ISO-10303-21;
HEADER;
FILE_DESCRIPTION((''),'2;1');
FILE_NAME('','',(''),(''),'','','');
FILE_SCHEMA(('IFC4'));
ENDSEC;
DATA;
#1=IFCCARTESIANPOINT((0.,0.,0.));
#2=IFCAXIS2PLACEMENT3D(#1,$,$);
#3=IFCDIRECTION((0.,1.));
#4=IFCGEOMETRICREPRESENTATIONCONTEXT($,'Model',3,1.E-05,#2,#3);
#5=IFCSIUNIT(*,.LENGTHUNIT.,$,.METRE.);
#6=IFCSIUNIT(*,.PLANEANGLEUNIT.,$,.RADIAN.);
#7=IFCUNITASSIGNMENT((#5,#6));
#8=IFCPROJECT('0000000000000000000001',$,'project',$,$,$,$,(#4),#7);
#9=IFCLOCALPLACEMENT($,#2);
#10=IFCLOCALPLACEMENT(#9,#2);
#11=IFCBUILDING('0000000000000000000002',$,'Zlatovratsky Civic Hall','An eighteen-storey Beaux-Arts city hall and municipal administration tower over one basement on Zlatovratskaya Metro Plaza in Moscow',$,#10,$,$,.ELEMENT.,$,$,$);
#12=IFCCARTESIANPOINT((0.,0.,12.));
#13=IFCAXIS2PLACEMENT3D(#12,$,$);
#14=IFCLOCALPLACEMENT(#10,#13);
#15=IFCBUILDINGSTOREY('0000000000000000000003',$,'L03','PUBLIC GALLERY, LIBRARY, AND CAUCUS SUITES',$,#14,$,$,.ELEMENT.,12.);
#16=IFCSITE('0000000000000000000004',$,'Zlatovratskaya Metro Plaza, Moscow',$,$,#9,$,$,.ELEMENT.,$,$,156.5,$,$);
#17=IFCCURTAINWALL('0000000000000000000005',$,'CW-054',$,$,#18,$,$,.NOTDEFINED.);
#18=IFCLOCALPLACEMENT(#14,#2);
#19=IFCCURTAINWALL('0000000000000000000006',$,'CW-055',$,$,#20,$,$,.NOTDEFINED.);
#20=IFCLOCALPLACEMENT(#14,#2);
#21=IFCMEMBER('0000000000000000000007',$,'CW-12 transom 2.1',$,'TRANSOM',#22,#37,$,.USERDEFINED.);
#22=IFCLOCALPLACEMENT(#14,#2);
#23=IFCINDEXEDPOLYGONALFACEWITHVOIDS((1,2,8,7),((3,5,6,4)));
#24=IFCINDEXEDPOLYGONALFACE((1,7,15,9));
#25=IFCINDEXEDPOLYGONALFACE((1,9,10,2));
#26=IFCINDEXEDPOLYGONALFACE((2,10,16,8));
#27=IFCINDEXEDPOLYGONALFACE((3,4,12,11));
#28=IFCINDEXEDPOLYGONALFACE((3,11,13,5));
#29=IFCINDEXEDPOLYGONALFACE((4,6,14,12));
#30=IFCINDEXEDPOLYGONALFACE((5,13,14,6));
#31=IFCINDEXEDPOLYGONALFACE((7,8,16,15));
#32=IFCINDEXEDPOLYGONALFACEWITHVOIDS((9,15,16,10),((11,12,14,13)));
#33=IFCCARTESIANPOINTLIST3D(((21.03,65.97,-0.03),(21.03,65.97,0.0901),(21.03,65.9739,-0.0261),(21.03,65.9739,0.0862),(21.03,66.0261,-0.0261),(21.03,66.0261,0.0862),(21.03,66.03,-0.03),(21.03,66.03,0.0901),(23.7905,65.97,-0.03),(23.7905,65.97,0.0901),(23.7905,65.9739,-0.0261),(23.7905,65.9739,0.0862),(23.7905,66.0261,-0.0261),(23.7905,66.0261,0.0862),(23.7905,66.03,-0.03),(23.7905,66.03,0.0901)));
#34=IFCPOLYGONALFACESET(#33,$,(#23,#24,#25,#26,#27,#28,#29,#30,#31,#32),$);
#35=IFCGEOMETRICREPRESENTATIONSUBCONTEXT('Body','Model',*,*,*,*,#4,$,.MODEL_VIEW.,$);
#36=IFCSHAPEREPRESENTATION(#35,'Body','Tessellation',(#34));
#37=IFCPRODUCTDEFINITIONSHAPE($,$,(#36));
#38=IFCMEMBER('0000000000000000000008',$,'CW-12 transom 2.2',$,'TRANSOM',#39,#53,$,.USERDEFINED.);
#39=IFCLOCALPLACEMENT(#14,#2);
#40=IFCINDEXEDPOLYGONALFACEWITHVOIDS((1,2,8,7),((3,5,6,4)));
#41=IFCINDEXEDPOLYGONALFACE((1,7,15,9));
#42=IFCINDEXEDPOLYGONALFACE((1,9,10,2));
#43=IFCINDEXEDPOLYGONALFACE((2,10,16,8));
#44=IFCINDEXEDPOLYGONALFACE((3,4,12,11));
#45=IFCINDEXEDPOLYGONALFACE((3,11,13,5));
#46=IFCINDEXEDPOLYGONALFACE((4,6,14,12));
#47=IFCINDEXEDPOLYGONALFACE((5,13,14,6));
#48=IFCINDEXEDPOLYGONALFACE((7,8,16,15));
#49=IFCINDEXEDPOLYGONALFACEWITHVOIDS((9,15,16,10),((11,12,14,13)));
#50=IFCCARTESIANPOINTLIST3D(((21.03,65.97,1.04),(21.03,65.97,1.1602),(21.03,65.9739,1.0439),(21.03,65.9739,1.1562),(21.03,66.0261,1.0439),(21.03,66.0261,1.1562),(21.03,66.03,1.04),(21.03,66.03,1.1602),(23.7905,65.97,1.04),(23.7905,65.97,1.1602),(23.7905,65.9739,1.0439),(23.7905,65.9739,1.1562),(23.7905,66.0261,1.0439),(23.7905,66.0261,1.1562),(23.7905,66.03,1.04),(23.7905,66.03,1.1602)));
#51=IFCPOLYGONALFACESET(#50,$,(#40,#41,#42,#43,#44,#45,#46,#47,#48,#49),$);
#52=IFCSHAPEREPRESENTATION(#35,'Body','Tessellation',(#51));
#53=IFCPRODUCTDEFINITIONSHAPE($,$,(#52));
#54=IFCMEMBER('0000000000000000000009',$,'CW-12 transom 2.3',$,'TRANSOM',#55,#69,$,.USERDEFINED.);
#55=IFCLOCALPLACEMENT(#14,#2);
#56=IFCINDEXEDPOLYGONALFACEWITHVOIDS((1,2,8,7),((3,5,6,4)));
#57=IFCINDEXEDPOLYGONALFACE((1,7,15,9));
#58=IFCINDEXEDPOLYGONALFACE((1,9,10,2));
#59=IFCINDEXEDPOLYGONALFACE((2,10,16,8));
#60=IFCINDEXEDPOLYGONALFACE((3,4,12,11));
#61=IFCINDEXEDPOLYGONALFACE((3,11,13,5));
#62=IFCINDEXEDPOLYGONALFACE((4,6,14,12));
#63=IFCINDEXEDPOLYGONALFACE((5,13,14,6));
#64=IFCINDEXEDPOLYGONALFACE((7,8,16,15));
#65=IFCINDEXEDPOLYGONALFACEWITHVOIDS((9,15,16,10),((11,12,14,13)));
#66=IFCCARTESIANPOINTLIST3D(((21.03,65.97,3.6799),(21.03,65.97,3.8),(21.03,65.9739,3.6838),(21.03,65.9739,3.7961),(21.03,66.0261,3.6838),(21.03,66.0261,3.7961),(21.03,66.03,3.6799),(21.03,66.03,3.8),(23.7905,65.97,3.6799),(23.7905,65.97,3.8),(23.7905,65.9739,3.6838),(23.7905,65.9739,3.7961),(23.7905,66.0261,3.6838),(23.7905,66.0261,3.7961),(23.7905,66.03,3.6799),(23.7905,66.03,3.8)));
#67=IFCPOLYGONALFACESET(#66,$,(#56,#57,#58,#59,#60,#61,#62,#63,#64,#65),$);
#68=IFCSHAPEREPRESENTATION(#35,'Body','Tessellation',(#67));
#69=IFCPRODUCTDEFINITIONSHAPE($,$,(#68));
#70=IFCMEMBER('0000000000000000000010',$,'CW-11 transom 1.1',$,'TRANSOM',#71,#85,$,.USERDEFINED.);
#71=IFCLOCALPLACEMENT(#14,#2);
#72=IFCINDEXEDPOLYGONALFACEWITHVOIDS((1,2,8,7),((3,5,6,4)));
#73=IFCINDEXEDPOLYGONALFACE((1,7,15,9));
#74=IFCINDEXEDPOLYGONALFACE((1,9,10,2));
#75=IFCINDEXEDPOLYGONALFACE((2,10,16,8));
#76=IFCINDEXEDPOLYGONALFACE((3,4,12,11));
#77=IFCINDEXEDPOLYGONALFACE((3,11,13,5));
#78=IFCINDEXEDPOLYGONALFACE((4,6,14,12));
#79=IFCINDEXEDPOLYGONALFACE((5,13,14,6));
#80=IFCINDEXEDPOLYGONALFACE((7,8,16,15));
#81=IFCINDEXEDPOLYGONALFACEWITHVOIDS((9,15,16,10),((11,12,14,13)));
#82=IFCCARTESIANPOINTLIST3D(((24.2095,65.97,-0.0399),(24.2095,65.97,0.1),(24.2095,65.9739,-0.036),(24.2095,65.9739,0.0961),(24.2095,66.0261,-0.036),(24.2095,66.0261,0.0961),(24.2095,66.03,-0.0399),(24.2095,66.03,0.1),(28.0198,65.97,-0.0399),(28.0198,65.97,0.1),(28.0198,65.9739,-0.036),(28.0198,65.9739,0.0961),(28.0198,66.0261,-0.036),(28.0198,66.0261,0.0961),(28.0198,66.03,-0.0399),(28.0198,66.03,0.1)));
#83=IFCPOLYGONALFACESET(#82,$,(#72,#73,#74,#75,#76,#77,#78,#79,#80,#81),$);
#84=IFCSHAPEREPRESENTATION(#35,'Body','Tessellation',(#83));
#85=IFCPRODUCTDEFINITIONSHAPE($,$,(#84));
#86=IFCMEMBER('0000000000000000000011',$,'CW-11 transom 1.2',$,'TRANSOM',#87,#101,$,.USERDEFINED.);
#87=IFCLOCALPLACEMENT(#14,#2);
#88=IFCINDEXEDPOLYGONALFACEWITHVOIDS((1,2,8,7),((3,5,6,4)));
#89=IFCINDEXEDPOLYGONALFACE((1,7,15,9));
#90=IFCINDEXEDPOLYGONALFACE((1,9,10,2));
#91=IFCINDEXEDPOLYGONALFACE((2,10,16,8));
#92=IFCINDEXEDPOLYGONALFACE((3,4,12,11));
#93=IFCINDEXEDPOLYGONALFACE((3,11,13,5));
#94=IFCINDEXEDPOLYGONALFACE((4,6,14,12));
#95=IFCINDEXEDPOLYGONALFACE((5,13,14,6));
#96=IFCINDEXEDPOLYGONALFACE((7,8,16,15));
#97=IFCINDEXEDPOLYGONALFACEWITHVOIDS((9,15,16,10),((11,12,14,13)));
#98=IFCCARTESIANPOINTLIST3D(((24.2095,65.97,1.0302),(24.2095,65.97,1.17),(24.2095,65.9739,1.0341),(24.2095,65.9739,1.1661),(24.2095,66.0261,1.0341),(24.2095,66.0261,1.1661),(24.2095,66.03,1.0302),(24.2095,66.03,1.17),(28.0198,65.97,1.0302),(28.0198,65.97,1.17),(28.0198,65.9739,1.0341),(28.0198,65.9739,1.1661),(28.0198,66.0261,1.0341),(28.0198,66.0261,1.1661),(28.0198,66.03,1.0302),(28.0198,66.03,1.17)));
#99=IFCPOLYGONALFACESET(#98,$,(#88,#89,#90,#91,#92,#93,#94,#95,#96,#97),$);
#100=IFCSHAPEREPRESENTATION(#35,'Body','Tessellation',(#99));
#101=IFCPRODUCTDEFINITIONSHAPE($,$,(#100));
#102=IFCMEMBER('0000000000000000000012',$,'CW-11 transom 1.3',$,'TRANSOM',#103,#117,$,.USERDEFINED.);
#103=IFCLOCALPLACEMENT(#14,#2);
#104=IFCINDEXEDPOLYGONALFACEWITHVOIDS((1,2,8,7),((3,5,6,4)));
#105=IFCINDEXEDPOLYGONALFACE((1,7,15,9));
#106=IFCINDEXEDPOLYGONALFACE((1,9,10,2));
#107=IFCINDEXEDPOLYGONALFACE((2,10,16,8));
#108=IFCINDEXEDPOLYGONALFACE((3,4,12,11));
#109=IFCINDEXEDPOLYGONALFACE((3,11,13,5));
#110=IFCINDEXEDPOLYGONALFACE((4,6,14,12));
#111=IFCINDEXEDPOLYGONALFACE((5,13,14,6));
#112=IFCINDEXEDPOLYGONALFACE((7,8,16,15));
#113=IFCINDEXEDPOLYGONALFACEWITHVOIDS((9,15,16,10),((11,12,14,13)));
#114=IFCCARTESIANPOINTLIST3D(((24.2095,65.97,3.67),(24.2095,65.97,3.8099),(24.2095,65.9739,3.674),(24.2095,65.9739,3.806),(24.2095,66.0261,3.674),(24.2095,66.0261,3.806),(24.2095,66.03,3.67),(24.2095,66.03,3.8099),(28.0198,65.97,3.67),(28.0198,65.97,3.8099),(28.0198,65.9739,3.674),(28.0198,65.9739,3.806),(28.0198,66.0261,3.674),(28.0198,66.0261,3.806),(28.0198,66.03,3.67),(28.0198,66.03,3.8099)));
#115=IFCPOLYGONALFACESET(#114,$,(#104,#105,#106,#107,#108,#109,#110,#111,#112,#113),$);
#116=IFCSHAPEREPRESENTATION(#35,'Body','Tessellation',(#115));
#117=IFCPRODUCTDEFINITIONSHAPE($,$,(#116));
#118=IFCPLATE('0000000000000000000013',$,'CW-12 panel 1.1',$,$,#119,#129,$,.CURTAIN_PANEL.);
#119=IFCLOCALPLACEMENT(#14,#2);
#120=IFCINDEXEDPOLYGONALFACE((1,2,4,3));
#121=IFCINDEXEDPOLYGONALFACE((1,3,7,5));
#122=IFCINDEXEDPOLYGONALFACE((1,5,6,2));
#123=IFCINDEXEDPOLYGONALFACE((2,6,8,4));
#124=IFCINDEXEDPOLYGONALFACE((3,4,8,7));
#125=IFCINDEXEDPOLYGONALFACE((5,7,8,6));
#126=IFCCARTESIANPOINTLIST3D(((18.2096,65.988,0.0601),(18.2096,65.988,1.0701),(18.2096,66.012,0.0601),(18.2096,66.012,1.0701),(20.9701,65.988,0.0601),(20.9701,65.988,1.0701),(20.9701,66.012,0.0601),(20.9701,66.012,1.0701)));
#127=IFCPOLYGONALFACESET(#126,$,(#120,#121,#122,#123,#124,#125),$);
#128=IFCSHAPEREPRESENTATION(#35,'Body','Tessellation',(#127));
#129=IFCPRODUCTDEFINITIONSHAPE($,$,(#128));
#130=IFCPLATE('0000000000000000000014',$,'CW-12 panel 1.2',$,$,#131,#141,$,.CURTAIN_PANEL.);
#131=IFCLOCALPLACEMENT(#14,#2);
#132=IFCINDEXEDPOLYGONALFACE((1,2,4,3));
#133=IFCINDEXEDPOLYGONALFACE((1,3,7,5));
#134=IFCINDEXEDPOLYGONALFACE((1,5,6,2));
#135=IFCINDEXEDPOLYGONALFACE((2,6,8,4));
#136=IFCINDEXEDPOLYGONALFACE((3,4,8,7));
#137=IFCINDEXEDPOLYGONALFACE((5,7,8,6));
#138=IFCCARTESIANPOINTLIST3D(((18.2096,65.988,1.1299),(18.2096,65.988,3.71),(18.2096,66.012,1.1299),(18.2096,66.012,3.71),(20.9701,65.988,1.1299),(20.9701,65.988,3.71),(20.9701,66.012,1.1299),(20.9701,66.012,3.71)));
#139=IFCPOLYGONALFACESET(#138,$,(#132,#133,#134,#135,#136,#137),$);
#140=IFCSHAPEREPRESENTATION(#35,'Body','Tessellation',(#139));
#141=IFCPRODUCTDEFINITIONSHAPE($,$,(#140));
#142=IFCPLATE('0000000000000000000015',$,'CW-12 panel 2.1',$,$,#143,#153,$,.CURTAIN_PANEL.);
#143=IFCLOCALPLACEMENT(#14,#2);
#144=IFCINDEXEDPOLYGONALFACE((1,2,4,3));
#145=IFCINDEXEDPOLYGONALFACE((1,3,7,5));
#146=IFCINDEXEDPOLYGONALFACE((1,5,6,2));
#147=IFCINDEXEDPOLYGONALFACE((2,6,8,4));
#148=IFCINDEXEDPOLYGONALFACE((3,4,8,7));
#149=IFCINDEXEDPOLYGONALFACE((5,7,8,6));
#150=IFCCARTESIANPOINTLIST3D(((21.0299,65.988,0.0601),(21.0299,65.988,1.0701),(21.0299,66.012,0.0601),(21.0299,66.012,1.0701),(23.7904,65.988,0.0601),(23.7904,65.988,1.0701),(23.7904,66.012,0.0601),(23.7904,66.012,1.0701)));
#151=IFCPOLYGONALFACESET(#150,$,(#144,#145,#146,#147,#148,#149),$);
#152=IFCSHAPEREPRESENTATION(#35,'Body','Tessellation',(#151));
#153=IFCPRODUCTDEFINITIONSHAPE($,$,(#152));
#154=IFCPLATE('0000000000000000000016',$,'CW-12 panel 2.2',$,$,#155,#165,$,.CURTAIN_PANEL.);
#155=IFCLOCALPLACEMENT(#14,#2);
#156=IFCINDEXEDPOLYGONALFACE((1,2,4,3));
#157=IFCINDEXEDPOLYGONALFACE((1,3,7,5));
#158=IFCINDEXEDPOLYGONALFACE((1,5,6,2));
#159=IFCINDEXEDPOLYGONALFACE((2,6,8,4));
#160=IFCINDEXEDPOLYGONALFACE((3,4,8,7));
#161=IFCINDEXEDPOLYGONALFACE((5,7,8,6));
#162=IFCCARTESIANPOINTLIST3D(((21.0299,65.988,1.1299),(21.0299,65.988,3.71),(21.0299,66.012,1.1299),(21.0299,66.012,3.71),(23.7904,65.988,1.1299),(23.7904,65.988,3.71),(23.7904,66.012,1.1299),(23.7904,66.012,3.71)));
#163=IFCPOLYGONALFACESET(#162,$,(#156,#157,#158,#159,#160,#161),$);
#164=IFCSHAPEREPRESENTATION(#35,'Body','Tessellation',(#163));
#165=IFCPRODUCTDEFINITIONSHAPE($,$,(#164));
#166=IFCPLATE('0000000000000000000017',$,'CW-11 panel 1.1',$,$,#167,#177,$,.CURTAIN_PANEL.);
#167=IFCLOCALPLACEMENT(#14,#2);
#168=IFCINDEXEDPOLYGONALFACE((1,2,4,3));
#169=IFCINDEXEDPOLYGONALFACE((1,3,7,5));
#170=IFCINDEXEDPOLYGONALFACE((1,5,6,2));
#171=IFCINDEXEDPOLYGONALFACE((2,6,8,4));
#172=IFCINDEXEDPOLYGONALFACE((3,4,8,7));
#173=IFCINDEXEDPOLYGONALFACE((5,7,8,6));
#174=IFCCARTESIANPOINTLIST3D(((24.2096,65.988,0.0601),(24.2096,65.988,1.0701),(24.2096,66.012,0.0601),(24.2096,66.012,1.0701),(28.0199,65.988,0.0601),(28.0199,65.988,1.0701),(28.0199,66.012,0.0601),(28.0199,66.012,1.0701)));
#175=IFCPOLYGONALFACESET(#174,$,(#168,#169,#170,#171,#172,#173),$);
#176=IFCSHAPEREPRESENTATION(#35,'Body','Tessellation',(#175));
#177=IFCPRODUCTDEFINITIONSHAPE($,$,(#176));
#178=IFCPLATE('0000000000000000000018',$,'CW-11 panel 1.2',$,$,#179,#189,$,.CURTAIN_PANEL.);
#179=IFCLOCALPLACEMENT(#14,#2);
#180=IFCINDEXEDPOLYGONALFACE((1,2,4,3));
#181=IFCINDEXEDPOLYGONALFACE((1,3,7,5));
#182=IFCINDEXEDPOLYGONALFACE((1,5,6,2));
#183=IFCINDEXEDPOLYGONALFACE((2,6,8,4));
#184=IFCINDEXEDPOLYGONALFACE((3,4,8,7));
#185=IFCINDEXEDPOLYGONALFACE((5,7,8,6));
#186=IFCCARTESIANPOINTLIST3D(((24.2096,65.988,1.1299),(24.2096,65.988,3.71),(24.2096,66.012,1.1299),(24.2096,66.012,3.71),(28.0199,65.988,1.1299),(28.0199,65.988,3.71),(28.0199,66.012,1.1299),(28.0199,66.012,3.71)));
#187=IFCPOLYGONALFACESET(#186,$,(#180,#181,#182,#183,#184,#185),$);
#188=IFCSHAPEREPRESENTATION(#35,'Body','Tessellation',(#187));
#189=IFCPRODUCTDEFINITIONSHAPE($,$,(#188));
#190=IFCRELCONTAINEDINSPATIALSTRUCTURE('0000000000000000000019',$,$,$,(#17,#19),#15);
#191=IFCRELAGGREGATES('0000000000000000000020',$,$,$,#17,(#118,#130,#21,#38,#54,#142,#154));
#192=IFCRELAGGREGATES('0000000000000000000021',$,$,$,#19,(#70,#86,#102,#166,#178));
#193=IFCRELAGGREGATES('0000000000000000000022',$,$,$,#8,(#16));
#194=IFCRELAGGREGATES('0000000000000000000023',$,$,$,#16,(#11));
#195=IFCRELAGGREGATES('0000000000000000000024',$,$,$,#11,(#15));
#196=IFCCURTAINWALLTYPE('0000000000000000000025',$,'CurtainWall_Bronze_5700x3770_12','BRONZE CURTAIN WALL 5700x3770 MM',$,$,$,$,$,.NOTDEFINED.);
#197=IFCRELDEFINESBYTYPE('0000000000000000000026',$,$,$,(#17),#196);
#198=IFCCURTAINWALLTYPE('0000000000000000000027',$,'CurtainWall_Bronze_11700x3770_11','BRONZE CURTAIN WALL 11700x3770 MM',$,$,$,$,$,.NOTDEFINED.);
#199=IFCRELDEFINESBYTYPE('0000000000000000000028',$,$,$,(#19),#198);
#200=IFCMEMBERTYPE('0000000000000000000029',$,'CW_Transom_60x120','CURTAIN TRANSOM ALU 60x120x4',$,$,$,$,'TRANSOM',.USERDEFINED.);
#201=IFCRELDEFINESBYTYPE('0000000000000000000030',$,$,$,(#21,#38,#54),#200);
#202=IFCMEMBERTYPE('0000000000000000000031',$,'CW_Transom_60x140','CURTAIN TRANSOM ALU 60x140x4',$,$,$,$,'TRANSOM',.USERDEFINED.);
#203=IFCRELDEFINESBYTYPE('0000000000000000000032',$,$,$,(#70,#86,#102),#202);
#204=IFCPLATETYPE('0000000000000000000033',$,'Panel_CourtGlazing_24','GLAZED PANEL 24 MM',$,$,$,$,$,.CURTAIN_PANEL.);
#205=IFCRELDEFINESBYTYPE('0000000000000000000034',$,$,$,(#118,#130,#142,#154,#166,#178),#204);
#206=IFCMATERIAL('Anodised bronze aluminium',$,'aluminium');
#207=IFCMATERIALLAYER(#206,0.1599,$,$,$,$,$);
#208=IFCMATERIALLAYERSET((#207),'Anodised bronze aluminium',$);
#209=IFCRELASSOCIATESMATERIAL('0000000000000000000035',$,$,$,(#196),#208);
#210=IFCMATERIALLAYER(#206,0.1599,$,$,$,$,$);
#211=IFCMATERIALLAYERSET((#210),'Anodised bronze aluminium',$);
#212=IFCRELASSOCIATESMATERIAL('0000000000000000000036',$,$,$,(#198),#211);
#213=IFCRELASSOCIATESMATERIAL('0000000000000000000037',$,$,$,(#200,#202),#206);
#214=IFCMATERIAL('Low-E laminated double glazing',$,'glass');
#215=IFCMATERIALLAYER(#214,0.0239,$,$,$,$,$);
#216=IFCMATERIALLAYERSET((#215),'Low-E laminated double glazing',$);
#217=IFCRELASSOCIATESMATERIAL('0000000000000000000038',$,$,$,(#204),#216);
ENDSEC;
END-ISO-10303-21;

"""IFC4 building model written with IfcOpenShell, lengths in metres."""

from ifc_helpers import new_model, si_unit, direction, frame, origin, origin_2d, place, context, subcontext, project, spatial, rectangle, hollow_rectangle, extrude, material, layer, layer_set, material_profile, profile_set, type_object, element, aggregate, save


model = new_model("IFC4")

# Units and contexts
model_context = context("Model", 3, precision=1e-05, world=origin(), true_north=direction((0.0, 1.0)))
body_context = subcontext(model_context, "Body", "Model", "MODEL_VIEW")
ifc_project = project(units=[si_unit("LENGTHUNIT", "METRE"), si_unit("PLANEANGLEUNIT", "RADIAN")], contexts=[model_context])

# Site, building, storey
site_placement = place(None, origin())
site = spatial("IfcSite", under=ifc_project, at=site_placement, Name="Zlatovratskaya Metro Plaza, Moscow", CompositionType="ELEMENT", RefElevation=156.5)
building_placement = place(site_placement, origin())
building = spatial("IfcBuilding", under=site, at=building_placement, Name="Zlatovratsky Civic Hall", Description="An eighteen-storey Beaux-Arts city hall and municipal administration tower over one basement on Zlatovratskaya Metro Plaza in Moscow", CompositionType="ELEMENT")
storey_placement = place(building_placement, frame((0.0, 0.0, 12.0)))
storey = spatial("IfcBuildingStorey", under=building, at=storey_placement, Name="L03", Description="PUBLIC GALLERY, LIBRARY, AND CAUCUS SUITES", CompositionType="ELEMENT", Elevation=12.0)

# Curtain walls
ifc_material_1 = material(Name="Anodised bronze aluminium", Category="aluminium")
ifc_layer_1 = layer(ifc_material_1, 0.1599)
ifc_layer_set_1 = layer_set([ifc_layer_1], Name="Anodised bronze aluminium")
curtain_wall_type_1 = type_object("IfcCurtainWallType", Name="CurtainWall_Bronze_5700x3770_12", Description="BRONZE CURTAIN WALL 5700x3770 MM", PredefinedType="NOTDEFINED", material=ifc_layer_set_1)
curtain_wall_1_placement = place(storey_placement, origin())
curtain_wall_1 = element("IfcCurtainWall", 1, at=curtain_wall_1_placement, inside=storey, type_object=curtain_wall_type_1, Name="CW-054", PredefinedType="NOTDEFINED")
ifc_layer_2 = layer(ifc_material_1, 0.1599)
ifc_layer_set_2 = layer_set([ifc_layer_2], Name="Anodised bronze aluminium")
curtain_wall_type_2 = type_object("IfcCurtainWallType", Name="CurtainWall_Bronze_11700x3770_11", Description="BRONZE CURTAIN WALL 11700x3770 MM", PredefinedType="NOTDEFINED", material=ifc_layer_set_2)
curtain_wall_2_placement = place(storey_placement, origin())
curtain_wall_2 = element("IfcCurtainWall", 2, at=curtain_wall_2_placement, inside=storey, type_object=curtain_wall_type_2, Name="CW-055", PredefinedType="NOTDEFINED")

# Members
ifc_material_profile_1 = material_profile(ifc_material_1, hollow_rectangle(XDim=0.0601, YDim=0.1201, WallThickness=0.0039, at=origin_2d()), Name="ALU 60x120x4")
ifc_profile_set_1 = profile_set([ifc_material_profile_1], Name="Anodised bronze aluminium")
member_type_1 = type_object("IfcMemberType", Name="CW_Transom_60x120", Description="CURTAIN TRANSOM ALU 60x120x4", ElementType="TRANSOM", PredefinedType="USERDEFINED", material=ifc_profile_set_1)
member_1_placement = place(storey_placement, frame((21.03, 66.0, 0.03), z_axis=(1.0, 0.0, 0.0), x_axis=(0.0, 1.0, 0.0)))
member_1 = element("IfcMember", 3, at=member_1_placement, type_object=member_type_1, Name="CW-12 transom 2.1", ObjectType="TRANSOM", PredefinedType="USERDEFINED", context=body_context, shape_type="SweptSolid", body=[
    extrude(hollow_rectangle(XDim=0.0601, YDim=0.1201, WallThickness=0.0039, at=origin_2d()), origin(), (0.0, 0.0, 1.0), 2.7605),
])
member_2_placement = place(storey_placement, frame((21.03, 66.0, 1.1001), z_axis=(1.0, 0.0, 0.0), x_axis=(0.0, 1.0, 0.0)))
member_2 = element("IfcMember", 4, at=member_2_placement, type_object=member_type_1, Name="CW-12 transom 2.2", ObjectType="TRANSOM", PredefinedType="USERDEFINED", context=body_context, shape_type="SweptSolid", body=[
    extrude(hollow_rectangle(XDim=0.0601, YDim=0.1201, WallThickness=0.0039, at=origin_2d()), origin(), (0.0, 0.0, 1.0), 2.7605),
])
member_3_placement = place(storey_placement, frame((21.03, 66.0, 3.74), z_axis=(1.0, 0.0, 0.0), x_axis=(0.0, 1.0, 0.0)))
member_3 = element("IfcMember", 5, at=member_3_placement, type_object=member_type_1, Name="CW-12 transom 2.3", ObjectType="TRANSOM", PredefinedType="USERDEFINED", context=body_context, shape_type="SweptSolid", body=[
    extrude(hollow_rectangle(XDim=0.0601, YDim=0.1201, WallThickness=0.0039, at=origin_2d()), origin(), (0.0, 0.0, 1.0), 2.7605),
])
ifc_material_profile_2 = material_profile(ifc_material_1, hollow_rectangle(XDim=0.0601, YDim=0.1399, WallThickness=0.0039, at=origin_2d()), Name="ALU 60x140x4")
ifc_profile_set_2 = profile_set([ifc_material_profile_2], Name="Anodised bronze aluminium")
member_type_2 = type_object("IfcMemberType", Name="CW_Transom_60x140", Description="CURTAIN TRANSOM ALU 60x140x4", ElementType="TRANSOM", PredefinedType="USERDEFINED", material=ifc_profile_set_2)
member_4_placement = place(storey_placement, frame((24.2095, 66.0, 0.03), z_axis=(1.0, 0.0, 0.0), x_axis=(0.0, 1.0, 0.0)))
member_4 = element("IfcMember", 6, at=member_4_placement, type_object=member_type_2, Name="CW-11 transom 1.1", ObjectType="TRANSOM", PredefinedType="USERDEFINED", context=body_context, shape_type="SweptSolid", body=[
    extrude(hollow_rectangle(XDim=0.0601, YDim=0.1399, WallThickness=0.0039, at=origin_2d()), origin(), (0.0, 0.0, 1.0), 3.8103),
])
member_5_placement = place(storey_placement, frame((24.2095, 66.0, 1.1001), z_axis=(1.0, 0.0, 0.0), x_axis=(0.0, 1.0, 0.0)))
member_5 = element("IfcMember", 7, at=member_5_placement, type_object=member_type_2, Name="CW-11 transom 1.2", ObjectType="TRANSOM", PredefinedType="USERDEFINED", context=body_context, shape_type="SweptSolid", body=[
    extrude(hollow_rectangle(XDim=0.0601, YDim=0.1399, WallThickness=0.0039, at=origin_2d()), origin(), (0.0, 0.0, 1.0), 3.8103),
])
member_6_placement = place(storey_placement, frame((24.2095, 66.0, 3.74), z_axis=(1.0, 0.0, 0.0), x_axis=(0.0, 1.0, 0.0)))
member_6 = element("IfcMember", 8, at=member_6_placement, type_object=member_type_2, Name="CW-11 transom 1.3", ObjectType="TRANSOM", PredefinedType="USERDEFINED", context=body_context, shape_type="SweptSolid", body=[
    extrude(hollow_rectangle(XDim=0.0601, YDim=0.1399, WallThickness=0.0039, at=origin_2d()), origin(), (0.0, 0.0, 1.0), 3.8103),
])

# Plates
ifc_material_2 = material(Name="Low-E laminated double glazing", Category="glass")
ifc_layer_3 = layer(ifc_material_2, 0.0239)
ifc_layer_set_3 = layer_set([ifc_layer_3], Name="Low-E laminated double glazing")
plate_type = type_object("IfcPlateType", Name="Panel_CourtGlazing_24", Description="GLAZED PANEL 24 MM", PredefinedType="CURTAIN_PANEL", material=ifc_layer_set_3)
plate_1_placement = place(storey_placement, frame((19.5898, 66.0, 0.0601), z_axis=(0.0, 0.0, 1.0), x_axis=(1.0, 0.0, 0.0)))
plate_1 = element("IfcPlate", 9, at=plate_1_placement, type_object=plate_type, Name="CW-12 panel 1.1", PredefinedType="CURTAIN_PANEL", context=body_context, shape_type="SweptSolid", body=[
    extrude(rectangle(XDim=2.7605, YDim=0.0239, at=origin_2d()), origin(), (0.0, 0.0, 1.0), 1.01),
])
plate_2_placement = place(storey_placement, frame((19.5898, 66.0, 1.1299), z_axis=(0.0, 0.0, 1.0), x_axis=(1.0, 0.0, 0.0)))
plate_2 = element("IfcPlate", 10, at=plate_2_placement, type_object=plate_type, Name="CW-12 panel 1.2", PredefinedType="CURTAIN_PANEL", context=body_context, shape_type="SweptSolid", body=[
    extrude(rectangle(XDim=2.7605, YDim=0.0239, at=origin_2d()), origin(), (0.0, 0.0, 1.0), 2.5801),
])
plate_3_placement = place(storey_placement, frame((22.4102, 66.0, 0.0601), z_axis=(0.0, 0.0, 1.0), x_axis=(1.0, 0.0, 0.0)))
plate_3 = element("IfcPlate", 11, at=plate_3_placement, type_object=plate_type, Name="CW-12 panel 2.1", PredefinedType="CURTAIN_PANEL", context=body_context, shape_type="SweptSolid", body=[
    extrude(rectangle(XDim=2.7605, YDim=0.0239, at=origin_2d()), origin(), (0.0, 0.0, 1.0), 1.01),
])
plate_4_placement = place(storey_placement, frame((22.4102, 66.0, 1.1299), z_axis=(0.0, 0.0, 1.0), x_axis=(1.0, 0.0, 0.0)))
plate_4 = element("IfcPlate", 12, at=plate_4_placement, type_object=plate_type, Name="CW-12 panel 2.2", PredefinedType="CURTAIN_PANEL", context=body_context, shape_type="SweptSolid", body=[
    extrude(rectangle(XDim=2.7605, YDim=0.0239, at=origin_2d()), origin(), (0.0, 0.0, 1.0), 2.5801),
])
aggregate(curtain_wall_1, [plate_1, plate_2, member_1, member_2, member_3, plate_3, plate_4])
plate_5_placement = place(storey_placement, frame((26.1147, 66.0, 0.0601), z_axis=(0.0, 0.0, 1.0), x_axis=(1.0, 0.0, 0.0)))
plate_5 = element("IfcPlate", 13, at=plate_5_placement, type_object=plate_type, Name="CW-11 panel 1.1", PredefinedType="CURTAIN_PANEL", context=body_context, shape_type="SweptSolid", body=[
    extrude(rectangle(XDim=3.8103, YDim=0.0239, at=origin_2d()), origin(), (0.0, 0.0, 1.0), 1.01),
])
plate_6_placement = place(storey_placement, frame((26.1147, 66.0, 1.1299), z_axis=(0.0, 0.0, 1.0), x_axis=(1.0, 0.0, 0.0)))
plate_6 = element("IfcPlate", 14, at=plate_6_placement, type_object=plate_type, Name="CW-11 panel 1.2", PredefinedType="CURTAIN_PANEL", context=body_context, shape_type="SweptSolid", body=[
    extrude(rectangle(XDim=3.8103, YDim=0.0239, at=origin_2d()), origin(), (0.0, 0.0, 1.0), 2.5801),
])
aggregate(curtain_wall_2, [member_4, member_5, member_6, plate_5, plate_6])

save(model, "model.ifc")
